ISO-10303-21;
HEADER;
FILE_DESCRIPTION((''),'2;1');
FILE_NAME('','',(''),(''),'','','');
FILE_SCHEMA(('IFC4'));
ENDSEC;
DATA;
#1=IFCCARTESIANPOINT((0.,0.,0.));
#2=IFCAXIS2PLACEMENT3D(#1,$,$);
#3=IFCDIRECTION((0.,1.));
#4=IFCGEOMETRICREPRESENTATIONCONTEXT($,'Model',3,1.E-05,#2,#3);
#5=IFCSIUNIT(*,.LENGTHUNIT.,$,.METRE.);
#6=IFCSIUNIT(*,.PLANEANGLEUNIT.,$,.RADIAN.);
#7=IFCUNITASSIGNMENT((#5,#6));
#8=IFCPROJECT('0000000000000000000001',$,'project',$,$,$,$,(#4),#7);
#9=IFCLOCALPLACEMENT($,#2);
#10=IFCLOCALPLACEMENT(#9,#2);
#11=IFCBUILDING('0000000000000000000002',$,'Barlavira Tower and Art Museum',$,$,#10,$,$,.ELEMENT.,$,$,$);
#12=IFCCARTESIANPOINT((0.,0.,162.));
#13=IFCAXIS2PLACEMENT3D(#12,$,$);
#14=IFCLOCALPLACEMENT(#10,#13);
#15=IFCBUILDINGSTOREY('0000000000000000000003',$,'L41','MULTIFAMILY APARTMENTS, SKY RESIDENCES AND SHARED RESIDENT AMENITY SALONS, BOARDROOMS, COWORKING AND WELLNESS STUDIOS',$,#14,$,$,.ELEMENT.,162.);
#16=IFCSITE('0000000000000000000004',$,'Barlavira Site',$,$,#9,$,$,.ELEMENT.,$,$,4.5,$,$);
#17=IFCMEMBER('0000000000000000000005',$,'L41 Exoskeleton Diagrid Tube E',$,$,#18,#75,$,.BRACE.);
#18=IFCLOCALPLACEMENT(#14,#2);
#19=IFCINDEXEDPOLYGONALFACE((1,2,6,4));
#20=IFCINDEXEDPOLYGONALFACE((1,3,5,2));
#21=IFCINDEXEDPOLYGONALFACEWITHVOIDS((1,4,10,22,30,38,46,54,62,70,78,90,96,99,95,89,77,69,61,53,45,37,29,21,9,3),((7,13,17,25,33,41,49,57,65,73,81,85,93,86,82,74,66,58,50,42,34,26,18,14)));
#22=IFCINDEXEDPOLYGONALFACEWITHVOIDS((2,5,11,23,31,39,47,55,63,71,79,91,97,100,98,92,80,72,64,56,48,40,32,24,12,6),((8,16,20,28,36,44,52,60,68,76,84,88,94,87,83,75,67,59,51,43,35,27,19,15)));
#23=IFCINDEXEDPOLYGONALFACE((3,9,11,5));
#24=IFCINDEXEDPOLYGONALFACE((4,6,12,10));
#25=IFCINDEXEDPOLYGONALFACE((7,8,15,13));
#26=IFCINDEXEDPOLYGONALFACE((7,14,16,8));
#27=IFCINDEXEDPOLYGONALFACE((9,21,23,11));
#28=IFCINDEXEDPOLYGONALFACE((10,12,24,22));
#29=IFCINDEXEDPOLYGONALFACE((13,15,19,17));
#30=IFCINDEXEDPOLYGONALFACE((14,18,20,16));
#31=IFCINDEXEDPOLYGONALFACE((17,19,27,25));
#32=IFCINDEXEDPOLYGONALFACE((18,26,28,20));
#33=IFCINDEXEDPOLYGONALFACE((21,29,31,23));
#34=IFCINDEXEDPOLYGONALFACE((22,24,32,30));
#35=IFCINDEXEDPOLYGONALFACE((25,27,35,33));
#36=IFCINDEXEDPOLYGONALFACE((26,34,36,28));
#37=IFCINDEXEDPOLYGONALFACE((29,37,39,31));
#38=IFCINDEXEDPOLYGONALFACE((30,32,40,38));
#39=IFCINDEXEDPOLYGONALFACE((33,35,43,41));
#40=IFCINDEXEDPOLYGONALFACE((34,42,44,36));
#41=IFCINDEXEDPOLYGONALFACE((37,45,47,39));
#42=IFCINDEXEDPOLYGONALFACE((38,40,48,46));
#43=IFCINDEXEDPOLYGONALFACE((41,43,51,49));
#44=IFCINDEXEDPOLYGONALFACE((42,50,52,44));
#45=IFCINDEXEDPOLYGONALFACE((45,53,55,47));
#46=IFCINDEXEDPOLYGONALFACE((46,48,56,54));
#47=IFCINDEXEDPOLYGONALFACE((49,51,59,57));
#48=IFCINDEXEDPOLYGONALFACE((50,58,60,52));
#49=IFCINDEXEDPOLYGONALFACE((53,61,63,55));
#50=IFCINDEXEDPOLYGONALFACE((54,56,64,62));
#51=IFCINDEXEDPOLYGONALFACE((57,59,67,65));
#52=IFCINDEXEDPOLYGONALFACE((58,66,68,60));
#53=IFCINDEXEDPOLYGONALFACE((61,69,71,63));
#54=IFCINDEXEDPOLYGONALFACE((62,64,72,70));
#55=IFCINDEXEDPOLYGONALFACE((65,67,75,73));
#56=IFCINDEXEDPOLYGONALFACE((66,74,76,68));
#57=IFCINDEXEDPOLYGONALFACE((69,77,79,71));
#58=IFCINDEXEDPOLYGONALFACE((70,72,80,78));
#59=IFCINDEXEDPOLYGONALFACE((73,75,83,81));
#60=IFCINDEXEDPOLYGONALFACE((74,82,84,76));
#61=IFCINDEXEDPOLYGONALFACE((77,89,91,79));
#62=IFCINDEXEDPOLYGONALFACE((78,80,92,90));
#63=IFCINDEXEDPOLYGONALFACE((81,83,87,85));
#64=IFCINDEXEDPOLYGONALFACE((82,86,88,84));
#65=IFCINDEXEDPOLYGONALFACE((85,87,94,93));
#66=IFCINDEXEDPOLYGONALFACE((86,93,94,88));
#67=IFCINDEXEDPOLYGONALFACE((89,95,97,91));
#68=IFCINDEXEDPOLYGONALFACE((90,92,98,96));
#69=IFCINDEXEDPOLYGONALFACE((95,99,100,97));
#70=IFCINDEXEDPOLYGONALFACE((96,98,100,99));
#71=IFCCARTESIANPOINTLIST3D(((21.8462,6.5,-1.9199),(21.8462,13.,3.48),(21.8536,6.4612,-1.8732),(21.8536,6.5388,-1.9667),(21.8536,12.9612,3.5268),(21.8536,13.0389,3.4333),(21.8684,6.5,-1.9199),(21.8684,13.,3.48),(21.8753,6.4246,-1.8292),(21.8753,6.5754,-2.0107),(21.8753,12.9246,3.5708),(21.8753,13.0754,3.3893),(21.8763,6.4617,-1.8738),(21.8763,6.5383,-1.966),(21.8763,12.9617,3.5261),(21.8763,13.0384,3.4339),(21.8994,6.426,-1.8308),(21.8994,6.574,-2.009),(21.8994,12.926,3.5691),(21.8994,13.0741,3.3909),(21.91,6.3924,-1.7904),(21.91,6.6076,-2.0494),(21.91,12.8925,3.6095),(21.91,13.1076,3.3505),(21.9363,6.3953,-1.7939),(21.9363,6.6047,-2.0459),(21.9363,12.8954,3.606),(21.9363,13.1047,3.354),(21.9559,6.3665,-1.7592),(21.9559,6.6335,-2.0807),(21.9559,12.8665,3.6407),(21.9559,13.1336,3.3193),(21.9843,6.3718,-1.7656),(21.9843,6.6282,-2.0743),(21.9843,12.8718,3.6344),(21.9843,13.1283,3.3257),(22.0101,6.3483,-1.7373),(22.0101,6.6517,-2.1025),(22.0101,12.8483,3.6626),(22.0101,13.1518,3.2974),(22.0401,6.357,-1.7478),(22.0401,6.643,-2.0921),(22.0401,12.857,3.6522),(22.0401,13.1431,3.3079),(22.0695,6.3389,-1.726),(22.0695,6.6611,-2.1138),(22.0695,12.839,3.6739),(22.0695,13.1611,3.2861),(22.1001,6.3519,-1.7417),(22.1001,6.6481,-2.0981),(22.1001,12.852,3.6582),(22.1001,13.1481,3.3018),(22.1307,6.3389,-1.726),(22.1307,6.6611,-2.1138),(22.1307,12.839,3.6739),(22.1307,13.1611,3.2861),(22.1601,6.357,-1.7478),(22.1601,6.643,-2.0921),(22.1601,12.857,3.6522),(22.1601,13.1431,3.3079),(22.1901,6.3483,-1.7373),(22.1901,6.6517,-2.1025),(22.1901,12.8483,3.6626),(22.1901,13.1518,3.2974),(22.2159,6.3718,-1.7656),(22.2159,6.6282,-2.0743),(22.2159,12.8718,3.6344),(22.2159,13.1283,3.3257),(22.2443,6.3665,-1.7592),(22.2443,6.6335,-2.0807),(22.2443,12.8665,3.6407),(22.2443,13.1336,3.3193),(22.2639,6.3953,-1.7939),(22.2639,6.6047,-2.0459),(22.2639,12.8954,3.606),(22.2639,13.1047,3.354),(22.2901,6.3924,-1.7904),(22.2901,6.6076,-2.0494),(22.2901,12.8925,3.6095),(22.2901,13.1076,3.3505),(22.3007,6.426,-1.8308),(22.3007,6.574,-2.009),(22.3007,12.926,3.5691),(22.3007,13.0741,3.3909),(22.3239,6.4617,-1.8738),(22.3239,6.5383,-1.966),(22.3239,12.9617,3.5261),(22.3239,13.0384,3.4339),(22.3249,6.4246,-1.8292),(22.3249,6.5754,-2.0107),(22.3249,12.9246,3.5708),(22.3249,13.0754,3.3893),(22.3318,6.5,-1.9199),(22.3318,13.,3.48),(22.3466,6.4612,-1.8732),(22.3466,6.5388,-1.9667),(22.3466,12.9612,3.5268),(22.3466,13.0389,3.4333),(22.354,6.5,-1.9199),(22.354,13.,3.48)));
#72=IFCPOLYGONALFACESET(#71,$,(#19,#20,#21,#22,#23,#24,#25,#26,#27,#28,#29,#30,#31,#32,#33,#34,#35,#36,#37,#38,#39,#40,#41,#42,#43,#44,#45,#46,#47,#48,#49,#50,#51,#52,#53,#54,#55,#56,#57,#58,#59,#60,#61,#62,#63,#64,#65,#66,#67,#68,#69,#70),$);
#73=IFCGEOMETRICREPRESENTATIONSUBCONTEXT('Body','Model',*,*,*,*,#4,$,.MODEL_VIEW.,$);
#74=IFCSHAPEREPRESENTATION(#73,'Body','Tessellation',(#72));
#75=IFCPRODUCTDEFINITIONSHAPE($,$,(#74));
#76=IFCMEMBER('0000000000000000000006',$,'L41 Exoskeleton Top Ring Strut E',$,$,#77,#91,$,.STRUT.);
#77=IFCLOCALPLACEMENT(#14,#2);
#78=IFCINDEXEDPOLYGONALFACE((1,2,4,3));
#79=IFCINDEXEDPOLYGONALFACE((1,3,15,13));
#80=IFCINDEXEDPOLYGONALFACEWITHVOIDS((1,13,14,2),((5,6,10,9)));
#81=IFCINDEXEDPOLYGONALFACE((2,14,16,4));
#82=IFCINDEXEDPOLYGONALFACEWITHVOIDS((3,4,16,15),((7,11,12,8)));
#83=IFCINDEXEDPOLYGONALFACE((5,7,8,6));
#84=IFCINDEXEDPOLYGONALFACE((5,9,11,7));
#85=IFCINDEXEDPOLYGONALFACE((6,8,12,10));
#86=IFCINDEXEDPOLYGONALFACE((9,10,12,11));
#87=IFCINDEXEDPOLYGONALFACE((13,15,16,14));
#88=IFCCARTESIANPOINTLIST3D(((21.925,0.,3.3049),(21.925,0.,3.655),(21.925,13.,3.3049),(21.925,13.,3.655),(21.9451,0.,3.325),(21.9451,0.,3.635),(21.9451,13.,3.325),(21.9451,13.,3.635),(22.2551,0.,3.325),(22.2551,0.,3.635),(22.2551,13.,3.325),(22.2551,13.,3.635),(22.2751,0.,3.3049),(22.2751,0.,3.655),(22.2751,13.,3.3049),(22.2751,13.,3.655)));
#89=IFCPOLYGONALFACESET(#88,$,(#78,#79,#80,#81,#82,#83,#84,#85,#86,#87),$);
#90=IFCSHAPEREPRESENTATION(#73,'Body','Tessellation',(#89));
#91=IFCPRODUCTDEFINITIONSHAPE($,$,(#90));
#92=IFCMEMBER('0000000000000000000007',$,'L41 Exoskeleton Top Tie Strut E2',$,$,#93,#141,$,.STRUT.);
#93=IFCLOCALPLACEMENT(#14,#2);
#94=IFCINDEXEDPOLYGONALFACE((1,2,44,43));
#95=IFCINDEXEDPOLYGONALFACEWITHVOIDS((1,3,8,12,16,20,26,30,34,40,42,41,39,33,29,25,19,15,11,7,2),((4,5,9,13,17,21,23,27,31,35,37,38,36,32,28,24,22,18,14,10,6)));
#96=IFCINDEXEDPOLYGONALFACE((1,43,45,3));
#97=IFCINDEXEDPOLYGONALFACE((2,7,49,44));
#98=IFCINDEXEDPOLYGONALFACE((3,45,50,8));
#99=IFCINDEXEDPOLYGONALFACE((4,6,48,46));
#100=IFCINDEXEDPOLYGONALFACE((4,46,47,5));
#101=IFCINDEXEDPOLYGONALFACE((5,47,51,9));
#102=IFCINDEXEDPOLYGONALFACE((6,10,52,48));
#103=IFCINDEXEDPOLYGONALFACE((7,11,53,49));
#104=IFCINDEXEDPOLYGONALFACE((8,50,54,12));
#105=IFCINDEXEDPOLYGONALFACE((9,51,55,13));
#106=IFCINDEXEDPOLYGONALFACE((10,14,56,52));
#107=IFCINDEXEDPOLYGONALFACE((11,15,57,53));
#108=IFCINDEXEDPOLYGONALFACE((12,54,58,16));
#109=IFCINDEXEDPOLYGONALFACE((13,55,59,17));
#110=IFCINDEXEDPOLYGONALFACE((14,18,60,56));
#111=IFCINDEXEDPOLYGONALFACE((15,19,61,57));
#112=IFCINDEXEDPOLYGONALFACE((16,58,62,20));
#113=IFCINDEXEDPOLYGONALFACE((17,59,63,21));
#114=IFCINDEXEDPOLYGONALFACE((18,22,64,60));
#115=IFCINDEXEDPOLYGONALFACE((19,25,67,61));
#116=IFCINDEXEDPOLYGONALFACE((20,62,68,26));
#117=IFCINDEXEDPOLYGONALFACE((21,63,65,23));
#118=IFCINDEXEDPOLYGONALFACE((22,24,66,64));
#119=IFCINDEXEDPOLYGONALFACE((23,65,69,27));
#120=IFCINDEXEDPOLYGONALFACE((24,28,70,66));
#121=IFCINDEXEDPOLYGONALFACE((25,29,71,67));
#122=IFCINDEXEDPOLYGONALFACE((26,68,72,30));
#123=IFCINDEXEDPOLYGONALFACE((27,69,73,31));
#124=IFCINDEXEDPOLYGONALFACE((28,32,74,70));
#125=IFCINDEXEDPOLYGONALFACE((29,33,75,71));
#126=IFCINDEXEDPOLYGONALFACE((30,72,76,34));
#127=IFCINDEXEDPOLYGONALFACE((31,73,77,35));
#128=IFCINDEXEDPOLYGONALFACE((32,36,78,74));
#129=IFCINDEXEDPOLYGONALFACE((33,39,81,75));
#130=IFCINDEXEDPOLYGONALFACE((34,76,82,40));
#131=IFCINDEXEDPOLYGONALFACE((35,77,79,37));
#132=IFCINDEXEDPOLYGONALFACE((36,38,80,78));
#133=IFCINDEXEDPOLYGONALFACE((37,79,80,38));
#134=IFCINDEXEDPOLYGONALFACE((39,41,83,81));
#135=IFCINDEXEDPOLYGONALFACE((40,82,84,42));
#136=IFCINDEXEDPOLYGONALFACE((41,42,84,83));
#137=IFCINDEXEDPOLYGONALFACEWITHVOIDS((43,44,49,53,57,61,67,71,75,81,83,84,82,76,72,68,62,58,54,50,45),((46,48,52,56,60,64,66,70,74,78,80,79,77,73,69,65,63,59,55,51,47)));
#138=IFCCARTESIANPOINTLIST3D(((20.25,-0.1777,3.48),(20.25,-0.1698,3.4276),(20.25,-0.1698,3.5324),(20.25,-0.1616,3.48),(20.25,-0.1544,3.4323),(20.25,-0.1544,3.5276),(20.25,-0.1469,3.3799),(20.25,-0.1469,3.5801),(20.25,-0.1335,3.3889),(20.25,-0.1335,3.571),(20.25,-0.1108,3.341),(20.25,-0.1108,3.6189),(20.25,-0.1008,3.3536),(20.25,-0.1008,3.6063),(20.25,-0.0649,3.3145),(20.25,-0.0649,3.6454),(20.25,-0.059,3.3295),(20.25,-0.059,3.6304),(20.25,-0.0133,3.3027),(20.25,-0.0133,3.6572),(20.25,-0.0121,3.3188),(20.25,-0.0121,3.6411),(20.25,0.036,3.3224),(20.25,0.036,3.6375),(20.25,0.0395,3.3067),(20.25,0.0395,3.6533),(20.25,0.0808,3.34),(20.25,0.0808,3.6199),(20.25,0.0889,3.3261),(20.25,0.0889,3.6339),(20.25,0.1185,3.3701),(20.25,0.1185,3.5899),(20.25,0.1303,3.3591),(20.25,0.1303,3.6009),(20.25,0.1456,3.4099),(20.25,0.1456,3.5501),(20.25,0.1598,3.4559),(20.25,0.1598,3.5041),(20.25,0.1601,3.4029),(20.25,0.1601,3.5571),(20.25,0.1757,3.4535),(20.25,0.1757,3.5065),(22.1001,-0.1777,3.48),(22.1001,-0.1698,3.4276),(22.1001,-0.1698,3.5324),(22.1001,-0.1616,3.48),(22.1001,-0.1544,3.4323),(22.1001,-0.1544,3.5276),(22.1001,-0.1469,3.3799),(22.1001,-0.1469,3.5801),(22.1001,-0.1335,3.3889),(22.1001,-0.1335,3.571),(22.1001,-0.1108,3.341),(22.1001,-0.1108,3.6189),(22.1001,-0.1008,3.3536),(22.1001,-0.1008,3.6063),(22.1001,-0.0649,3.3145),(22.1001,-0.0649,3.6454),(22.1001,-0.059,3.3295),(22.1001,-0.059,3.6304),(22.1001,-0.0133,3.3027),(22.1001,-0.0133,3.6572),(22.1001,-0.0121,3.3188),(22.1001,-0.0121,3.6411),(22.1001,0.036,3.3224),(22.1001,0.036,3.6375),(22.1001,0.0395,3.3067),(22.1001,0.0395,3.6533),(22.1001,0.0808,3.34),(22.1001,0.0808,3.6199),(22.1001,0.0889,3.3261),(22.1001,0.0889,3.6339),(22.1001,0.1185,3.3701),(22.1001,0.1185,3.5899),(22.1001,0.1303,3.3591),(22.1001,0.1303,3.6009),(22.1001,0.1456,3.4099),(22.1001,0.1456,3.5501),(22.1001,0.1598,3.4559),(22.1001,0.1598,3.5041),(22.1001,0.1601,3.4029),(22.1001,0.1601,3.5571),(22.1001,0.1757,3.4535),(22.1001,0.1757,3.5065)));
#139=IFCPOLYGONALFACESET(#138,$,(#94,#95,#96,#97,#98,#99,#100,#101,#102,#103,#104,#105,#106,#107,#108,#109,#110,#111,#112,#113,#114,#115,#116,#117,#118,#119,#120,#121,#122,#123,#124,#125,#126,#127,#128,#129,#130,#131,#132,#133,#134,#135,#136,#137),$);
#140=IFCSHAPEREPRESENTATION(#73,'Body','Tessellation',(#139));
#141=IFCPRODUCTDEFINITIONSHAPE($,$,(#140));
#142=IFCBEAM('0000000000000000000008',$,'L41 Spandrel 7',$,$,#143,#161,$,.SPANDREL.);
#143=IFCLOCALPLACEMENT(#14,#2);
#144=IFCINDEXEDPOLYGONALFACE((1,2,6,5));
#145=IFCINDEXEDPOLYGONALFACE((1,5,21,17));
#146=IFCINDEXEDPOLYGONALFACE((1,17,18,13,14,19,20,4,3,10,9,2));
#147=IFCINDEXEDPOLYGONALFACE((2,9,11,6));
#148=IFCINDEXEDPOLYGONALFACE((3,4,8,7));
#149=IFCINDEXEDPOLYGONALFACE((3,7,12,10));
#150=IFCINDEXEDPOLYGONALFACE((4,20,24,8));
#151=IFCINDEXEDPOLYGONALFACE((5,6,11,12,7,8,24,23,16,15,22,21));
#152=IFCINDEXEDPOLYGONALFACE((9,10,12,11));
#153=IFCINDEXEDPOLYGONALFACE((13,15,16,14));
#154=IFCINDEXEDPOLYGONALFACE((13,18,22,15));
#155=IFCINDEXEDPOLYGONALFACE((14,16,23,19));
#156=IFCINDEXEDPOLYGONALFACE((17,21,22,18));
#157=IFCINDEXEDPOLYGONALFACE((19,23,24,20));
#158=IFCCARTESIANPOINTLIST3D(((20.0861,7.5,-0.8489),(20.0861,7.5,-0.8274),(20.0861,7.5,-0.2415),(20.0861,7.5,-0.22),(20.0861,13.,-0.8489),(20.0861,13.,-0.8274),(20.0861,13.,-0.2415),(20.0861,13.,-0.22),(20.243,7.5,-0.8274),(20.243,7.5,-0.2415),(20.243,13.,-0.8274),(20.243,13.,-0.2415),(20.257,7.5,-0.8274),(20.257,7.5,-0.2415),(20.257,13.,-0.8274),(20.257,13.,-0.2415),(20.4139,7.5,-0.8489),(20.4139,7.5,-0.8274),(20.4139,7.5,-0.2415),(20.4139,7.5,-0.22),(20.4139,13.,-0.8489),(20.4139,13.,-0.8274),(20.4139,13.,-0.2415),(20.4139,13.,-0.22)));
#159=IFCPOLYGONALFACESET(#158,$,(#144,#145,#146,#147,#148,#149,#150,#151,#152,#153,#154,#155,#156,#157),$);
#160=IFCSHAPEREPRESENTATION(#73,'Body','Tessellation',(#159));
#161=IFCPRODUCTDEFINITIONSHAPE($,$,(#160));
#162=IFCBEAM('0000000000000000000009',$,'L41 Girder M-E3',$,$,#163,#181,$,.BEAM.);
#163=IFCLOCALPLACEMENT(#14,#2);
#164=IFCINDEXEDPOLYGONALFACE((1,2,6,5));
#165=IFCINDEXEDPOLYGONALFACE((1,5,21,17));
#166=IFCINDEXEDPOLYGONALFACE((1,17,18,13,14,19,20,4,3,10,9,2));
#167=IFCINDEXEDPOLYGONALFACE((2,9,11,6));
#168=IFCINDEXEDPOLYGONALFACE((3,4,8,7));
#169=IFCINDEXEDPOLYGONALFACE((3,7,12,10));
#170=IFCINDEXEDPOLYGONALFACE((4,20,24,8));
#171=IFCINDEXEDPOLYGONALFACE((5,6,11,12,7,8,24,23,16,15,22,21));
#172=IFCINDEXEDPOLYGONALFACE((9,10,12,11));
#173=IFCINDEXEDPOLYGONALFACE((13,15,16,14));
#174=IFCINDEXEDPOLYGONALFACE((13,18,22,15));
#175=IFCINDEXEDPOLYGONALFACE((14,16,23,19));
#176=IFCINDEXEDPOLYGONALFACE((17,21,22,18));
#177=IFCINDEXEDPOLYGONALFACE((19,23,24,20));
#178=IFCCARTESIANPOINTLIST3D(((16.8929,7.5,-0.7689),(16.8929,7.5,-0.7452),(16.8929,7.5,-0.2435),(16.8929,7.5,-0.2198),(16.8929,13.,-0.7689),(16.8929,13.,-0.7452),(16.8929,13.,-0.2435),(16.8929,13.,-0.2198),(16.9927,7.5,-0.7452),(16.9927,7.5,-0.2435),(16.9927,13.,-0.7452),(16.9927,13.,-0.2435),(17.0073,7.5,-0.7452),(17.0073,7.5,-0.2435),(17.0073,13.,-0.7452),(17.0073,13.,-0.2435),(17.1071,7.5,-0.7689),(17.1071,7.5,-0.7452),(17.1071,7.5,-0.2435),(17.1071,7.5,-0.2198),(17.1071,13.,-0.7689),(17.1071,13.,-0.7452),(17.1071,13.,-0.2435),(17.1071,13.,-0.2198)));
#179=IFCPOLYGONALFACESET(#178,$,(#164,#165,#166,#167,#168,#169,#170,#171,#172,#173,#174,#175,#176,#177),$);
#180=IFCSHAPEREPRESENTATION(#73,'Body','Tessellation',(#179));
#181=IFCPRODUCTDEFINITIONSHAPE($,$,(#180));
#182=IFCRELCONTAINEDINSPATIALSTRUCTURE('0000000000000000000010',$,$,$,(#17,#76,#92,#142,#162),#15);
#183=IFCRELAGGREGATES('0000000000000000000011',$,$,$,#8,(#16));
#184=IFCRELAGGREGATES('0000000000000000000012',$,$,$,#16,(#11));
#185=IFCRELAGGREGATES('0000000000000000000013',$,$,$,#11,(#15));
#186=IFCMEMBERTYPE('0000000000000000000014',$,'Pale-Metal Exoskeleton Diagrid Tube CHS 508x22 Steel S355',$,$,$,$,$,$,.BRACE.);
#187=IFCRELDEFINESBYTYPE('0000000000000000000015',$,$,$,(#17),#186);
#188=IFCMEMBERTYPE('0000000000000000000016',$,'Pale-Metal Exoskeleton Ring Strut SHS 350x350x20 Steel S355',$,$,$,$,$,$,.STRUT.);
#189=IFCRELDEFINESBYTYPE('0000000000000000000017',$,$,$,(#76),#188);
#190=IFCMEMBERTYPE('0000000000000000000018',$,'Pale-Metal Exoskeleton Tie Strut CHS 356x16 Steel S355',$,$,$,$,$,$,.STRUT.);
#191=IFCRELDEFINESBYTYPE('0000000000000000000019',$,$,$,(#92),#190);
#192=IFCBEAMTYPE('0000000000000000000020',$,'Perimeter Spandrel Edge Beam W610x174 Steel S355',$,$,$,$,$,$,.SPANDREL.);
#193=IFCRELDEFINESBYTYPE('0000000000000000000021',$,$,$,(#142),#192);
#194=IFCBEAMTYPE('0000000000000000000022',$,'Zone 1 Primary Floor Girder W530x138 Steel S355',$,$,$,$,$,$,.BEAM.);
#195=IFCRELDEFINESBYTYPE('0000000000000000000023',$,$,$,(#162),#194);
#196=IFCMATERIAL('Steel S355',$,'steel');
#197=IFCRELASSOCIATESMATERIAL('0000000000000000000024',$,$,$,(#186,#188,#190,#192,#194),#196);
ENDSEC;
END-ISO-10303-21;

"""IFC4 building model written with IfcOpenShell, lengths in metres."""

from ifc_helpers import new_model, si_unit, direction, frame, origin, origin_2d, place, context, subcontext, project, spatial, hollow_rectangle, hollow_circle, i_section, extrude, material, material_profile, profile_set, type_object, element, save


model = new_model("IFC4")

# Units and contexts
model_context = context("Model", 3, precision=1e-05, world=origin(), true_north=direction((0.0, 1.0)))
body_context = subcontext(model_context, "Body", "Model", "MODEL_VIEW")
ifc_project = project(units=[si_unit("LENGTHUNIT", "METRE"), si_unit("PLANEANGLEUNIT", "RADIAN")], contexts=[model_context])

# Site, building, storey
site_placement = place(None, origin())
site = spatial("IfcSite", under=ifc_project, at=site_placement, Name="Barlavira Site", CompositionType="ELEMENT", RefElevation=4.5)
building_placement = place(site_placement, origin())
building = spatial("IfcBuilding", under=site, at=building_placement, Name="Barlavira Tower and Art Museum", CompositionType="ELEMENT")
storey_placement = place(building_placement, frame((0.0, 0.0, 162.0)))
storey = spatial("IfcBuildingStorey", under=building, at=storey_placement, Name="L41", Description="MULTIFAMILY APARTMENTS, SKY RESIDENCES AND SHARED RESIDENT AMENITY SALONS, BOARDROOMS, COWORKING AND WELLNESS STUDIOS", CompositionType="ELEMENT", Elevation=162.0)

# Members
ifc_material_1 = material(Name="Steel S355", Category="steel")
ifc_material_profile_1 = material_profile(ifc_material_1, hollow_circle(Radius=0.2539, WallThickness=0.0222, at=origin_2d()), Name="CHS 508.0x22.2")
ifc_profile_set_1 = profile_set([ifc_material_profile_1], Name="Steel S355")
member_type_1 = type_object("IfcMemberType", Name="Pale-Metal Exoskeleton Diagrid Tube CHS 508x22 Steel S355", PredefinedType="BRACE", material=ifc_profile_set_1)
for number, where, z_axis, x_axis, name in (
    (1, (22.1001, 6.5, -1.9199), (0.0, 0.769196, 0.639013), (-1.0, 0.0, 0.0), "L41 Exoskeleton Diagrid Tube E"),
):
    element("IfcMember", number, at=place(storey_placement, frame(where, z_axis=z_axis, x_axis=x_axis)), inside=storey, type_object=member_type_1, Name=name, PredefinedType="BRACE", context=body_context, shape_type="SweptSolid", body=[
        extrude(hollow_circle(Radius=0.2539, WallThickness=0.0222, at=origin_2d()), origin(), (0.0, 0.0, 1.0), 8.4504),
    ])
ifc_material_profile_2 = material_profile(ifc_material_1, hollow_rectangle(XDim=0.3501, YDim=0.3501, WallThickness=0.02, at=origin_2d()), Name="SHS 350x350x20.0")
ifc_profile_set_2 = profile_set([ifc_material_profile_2], Name="Steel S355")
member_type_2 = type_object("IfcMemberType", Name="Pale-Metal Exoskeleton Ring Strut SHS 350x350x20 Steel S355", PredefinedType="STRUT", material=ifc_profile_set_2)
member_1_placement = place(storey_placement, frame((22.1001, 0.0, 3.48), z_axis=(0.0, 1.0, 0.0), x_axis=(-1.0, 0.0, 0.0)))
element("IfcMember", 2, at=member_1_placement, inside=storey, type_object=member_type_2, Name="L41 Exoskeleton Top Ring Strut E", PredefinedType="STRUT", context=body_context, shape_type="SweptSolid", body=[
    extrude(hollow_rectangle(XDim=0.3501, YDim=0.3501, WallThickness=0.02, at=origin_2d()), origin(), (0.0, 0.0, 1.0), 13.0),
])
ifc_material_profile_3 = material_profile(ifc_material_1, hollow_circle(Radius=0.1777, WallThickness=0.0161, at=origin_2d()), Name="CHS 355.6x16.0")
ifc_profile_set_3 = profile_set([ifc_material_profile_3], Name="Steel S355")
member_type_3 = type_object("IfcMemberType", Name="Pale-Metal Exoskeleton Tie Strut CHS 356x16 Steel S355", PredefinedType="STRUT", material=ifc_profile_set_3)
member_2_placement = place(storey_placement, frame((22.1001, 0.0, 3.48), z_axis=(-1.0, 0.0, 0.0), x_axis=(0.0, -1.0, 0.0)))
element("IfcMember", 3, at=member_2_placement, inside=storey, type_object=member_type_3, Name="L41 Exoskeleton Top Tie Strut E2", PredefinedType="STRUT", context=body_context, shape_type="SweptSolid", body=[
    extrude(hollow_circle(Radius=0.1777, WallThickness=0.0161, at=origin_2d()), origin(), (0.0, 0.0, 1.0), 1.8501),
])

# Beams
ifc_material_profile_4 = material_profile(ifc_material_1, i_section(OverallWidth=0.3279, OverallDepth=0.6289, WebThickness=0.0139, FlangeThickness=0.0215, at=origin_2d()), Name="W610x174.0")
ifc_profile_set_4 = profile_set([ifc_material_profile_4], Name="Steel S355")
beam_type_1 = type_object("IfcBeamType", Name="Perimeter Spandrel Edge Beam W610x174 Steel S355", PredefinedType="SPANDREL", material=ifc_profile_set_4)
beam_1_placement = place(storey_placement, frame((20.25, 7.5, -0.5344), z_axis=(0.0, 1.0, 0.0), x_axis=(-1.0, 0.0, 0.0)))
element("IfcBeam", 4, at=beam_1_placement, inside=storey, type_object=beam_type_1, Name="L41 Spandrel 7", PredefinedType="SPANDREL", context=body_context, shape_type="SweptSolid", body=[
    extrude(i_section(OverallWidth=0.3279, OverallDepth=0.6289, WebThickness=0.0139, FlangeThickness=0.0215, at=origin_2d()), origin(), (0.0, 0.0, 1.0), 5.5),
])
ifc_material_profile_5 = material_profile(ifc_material_1, i_section(OverallWidth=0.2141, OverallDepth=0.5491, WebThickness=0.0146, FlangeThickness=0.0237, at=origin_2d()), Name="W530x138.0")
ifc_profile_set_5 = profile_set([ifc_material_profile_5], Name="Steel S355")
beam_type_2 = type_object("IfcBeamType", Name="Zone 1 Primary Floor Girder W530x138 Steel S355", PredefinedType="BEAM", material=ifc_profile_set_5)
beam_2_placement = place(storey_placement, frame((17.0, 7.5, -0.4944), z_axis=(0.0, 1.0, 0.0), x_axis=(-1.0, 0.0, 0.0)))
element("IfcBeam", 5, at=beam_2_placement, inside=storey, type_object=beam_type_2, Name="L41 Girder M-E3", PredefinedType="BEAM", context=body_context, shape_type="SweptSolid", body=[
    extrude(i_section(OverallWidth=0.2141, OverallDepth=0.5491, WebThickness=0.0146, FlangeThickness=0.0237, at=origin_2d()), origin(), (0.0, 0.0, 1.0), 5.5),
])

save(model, "model.ifc")
